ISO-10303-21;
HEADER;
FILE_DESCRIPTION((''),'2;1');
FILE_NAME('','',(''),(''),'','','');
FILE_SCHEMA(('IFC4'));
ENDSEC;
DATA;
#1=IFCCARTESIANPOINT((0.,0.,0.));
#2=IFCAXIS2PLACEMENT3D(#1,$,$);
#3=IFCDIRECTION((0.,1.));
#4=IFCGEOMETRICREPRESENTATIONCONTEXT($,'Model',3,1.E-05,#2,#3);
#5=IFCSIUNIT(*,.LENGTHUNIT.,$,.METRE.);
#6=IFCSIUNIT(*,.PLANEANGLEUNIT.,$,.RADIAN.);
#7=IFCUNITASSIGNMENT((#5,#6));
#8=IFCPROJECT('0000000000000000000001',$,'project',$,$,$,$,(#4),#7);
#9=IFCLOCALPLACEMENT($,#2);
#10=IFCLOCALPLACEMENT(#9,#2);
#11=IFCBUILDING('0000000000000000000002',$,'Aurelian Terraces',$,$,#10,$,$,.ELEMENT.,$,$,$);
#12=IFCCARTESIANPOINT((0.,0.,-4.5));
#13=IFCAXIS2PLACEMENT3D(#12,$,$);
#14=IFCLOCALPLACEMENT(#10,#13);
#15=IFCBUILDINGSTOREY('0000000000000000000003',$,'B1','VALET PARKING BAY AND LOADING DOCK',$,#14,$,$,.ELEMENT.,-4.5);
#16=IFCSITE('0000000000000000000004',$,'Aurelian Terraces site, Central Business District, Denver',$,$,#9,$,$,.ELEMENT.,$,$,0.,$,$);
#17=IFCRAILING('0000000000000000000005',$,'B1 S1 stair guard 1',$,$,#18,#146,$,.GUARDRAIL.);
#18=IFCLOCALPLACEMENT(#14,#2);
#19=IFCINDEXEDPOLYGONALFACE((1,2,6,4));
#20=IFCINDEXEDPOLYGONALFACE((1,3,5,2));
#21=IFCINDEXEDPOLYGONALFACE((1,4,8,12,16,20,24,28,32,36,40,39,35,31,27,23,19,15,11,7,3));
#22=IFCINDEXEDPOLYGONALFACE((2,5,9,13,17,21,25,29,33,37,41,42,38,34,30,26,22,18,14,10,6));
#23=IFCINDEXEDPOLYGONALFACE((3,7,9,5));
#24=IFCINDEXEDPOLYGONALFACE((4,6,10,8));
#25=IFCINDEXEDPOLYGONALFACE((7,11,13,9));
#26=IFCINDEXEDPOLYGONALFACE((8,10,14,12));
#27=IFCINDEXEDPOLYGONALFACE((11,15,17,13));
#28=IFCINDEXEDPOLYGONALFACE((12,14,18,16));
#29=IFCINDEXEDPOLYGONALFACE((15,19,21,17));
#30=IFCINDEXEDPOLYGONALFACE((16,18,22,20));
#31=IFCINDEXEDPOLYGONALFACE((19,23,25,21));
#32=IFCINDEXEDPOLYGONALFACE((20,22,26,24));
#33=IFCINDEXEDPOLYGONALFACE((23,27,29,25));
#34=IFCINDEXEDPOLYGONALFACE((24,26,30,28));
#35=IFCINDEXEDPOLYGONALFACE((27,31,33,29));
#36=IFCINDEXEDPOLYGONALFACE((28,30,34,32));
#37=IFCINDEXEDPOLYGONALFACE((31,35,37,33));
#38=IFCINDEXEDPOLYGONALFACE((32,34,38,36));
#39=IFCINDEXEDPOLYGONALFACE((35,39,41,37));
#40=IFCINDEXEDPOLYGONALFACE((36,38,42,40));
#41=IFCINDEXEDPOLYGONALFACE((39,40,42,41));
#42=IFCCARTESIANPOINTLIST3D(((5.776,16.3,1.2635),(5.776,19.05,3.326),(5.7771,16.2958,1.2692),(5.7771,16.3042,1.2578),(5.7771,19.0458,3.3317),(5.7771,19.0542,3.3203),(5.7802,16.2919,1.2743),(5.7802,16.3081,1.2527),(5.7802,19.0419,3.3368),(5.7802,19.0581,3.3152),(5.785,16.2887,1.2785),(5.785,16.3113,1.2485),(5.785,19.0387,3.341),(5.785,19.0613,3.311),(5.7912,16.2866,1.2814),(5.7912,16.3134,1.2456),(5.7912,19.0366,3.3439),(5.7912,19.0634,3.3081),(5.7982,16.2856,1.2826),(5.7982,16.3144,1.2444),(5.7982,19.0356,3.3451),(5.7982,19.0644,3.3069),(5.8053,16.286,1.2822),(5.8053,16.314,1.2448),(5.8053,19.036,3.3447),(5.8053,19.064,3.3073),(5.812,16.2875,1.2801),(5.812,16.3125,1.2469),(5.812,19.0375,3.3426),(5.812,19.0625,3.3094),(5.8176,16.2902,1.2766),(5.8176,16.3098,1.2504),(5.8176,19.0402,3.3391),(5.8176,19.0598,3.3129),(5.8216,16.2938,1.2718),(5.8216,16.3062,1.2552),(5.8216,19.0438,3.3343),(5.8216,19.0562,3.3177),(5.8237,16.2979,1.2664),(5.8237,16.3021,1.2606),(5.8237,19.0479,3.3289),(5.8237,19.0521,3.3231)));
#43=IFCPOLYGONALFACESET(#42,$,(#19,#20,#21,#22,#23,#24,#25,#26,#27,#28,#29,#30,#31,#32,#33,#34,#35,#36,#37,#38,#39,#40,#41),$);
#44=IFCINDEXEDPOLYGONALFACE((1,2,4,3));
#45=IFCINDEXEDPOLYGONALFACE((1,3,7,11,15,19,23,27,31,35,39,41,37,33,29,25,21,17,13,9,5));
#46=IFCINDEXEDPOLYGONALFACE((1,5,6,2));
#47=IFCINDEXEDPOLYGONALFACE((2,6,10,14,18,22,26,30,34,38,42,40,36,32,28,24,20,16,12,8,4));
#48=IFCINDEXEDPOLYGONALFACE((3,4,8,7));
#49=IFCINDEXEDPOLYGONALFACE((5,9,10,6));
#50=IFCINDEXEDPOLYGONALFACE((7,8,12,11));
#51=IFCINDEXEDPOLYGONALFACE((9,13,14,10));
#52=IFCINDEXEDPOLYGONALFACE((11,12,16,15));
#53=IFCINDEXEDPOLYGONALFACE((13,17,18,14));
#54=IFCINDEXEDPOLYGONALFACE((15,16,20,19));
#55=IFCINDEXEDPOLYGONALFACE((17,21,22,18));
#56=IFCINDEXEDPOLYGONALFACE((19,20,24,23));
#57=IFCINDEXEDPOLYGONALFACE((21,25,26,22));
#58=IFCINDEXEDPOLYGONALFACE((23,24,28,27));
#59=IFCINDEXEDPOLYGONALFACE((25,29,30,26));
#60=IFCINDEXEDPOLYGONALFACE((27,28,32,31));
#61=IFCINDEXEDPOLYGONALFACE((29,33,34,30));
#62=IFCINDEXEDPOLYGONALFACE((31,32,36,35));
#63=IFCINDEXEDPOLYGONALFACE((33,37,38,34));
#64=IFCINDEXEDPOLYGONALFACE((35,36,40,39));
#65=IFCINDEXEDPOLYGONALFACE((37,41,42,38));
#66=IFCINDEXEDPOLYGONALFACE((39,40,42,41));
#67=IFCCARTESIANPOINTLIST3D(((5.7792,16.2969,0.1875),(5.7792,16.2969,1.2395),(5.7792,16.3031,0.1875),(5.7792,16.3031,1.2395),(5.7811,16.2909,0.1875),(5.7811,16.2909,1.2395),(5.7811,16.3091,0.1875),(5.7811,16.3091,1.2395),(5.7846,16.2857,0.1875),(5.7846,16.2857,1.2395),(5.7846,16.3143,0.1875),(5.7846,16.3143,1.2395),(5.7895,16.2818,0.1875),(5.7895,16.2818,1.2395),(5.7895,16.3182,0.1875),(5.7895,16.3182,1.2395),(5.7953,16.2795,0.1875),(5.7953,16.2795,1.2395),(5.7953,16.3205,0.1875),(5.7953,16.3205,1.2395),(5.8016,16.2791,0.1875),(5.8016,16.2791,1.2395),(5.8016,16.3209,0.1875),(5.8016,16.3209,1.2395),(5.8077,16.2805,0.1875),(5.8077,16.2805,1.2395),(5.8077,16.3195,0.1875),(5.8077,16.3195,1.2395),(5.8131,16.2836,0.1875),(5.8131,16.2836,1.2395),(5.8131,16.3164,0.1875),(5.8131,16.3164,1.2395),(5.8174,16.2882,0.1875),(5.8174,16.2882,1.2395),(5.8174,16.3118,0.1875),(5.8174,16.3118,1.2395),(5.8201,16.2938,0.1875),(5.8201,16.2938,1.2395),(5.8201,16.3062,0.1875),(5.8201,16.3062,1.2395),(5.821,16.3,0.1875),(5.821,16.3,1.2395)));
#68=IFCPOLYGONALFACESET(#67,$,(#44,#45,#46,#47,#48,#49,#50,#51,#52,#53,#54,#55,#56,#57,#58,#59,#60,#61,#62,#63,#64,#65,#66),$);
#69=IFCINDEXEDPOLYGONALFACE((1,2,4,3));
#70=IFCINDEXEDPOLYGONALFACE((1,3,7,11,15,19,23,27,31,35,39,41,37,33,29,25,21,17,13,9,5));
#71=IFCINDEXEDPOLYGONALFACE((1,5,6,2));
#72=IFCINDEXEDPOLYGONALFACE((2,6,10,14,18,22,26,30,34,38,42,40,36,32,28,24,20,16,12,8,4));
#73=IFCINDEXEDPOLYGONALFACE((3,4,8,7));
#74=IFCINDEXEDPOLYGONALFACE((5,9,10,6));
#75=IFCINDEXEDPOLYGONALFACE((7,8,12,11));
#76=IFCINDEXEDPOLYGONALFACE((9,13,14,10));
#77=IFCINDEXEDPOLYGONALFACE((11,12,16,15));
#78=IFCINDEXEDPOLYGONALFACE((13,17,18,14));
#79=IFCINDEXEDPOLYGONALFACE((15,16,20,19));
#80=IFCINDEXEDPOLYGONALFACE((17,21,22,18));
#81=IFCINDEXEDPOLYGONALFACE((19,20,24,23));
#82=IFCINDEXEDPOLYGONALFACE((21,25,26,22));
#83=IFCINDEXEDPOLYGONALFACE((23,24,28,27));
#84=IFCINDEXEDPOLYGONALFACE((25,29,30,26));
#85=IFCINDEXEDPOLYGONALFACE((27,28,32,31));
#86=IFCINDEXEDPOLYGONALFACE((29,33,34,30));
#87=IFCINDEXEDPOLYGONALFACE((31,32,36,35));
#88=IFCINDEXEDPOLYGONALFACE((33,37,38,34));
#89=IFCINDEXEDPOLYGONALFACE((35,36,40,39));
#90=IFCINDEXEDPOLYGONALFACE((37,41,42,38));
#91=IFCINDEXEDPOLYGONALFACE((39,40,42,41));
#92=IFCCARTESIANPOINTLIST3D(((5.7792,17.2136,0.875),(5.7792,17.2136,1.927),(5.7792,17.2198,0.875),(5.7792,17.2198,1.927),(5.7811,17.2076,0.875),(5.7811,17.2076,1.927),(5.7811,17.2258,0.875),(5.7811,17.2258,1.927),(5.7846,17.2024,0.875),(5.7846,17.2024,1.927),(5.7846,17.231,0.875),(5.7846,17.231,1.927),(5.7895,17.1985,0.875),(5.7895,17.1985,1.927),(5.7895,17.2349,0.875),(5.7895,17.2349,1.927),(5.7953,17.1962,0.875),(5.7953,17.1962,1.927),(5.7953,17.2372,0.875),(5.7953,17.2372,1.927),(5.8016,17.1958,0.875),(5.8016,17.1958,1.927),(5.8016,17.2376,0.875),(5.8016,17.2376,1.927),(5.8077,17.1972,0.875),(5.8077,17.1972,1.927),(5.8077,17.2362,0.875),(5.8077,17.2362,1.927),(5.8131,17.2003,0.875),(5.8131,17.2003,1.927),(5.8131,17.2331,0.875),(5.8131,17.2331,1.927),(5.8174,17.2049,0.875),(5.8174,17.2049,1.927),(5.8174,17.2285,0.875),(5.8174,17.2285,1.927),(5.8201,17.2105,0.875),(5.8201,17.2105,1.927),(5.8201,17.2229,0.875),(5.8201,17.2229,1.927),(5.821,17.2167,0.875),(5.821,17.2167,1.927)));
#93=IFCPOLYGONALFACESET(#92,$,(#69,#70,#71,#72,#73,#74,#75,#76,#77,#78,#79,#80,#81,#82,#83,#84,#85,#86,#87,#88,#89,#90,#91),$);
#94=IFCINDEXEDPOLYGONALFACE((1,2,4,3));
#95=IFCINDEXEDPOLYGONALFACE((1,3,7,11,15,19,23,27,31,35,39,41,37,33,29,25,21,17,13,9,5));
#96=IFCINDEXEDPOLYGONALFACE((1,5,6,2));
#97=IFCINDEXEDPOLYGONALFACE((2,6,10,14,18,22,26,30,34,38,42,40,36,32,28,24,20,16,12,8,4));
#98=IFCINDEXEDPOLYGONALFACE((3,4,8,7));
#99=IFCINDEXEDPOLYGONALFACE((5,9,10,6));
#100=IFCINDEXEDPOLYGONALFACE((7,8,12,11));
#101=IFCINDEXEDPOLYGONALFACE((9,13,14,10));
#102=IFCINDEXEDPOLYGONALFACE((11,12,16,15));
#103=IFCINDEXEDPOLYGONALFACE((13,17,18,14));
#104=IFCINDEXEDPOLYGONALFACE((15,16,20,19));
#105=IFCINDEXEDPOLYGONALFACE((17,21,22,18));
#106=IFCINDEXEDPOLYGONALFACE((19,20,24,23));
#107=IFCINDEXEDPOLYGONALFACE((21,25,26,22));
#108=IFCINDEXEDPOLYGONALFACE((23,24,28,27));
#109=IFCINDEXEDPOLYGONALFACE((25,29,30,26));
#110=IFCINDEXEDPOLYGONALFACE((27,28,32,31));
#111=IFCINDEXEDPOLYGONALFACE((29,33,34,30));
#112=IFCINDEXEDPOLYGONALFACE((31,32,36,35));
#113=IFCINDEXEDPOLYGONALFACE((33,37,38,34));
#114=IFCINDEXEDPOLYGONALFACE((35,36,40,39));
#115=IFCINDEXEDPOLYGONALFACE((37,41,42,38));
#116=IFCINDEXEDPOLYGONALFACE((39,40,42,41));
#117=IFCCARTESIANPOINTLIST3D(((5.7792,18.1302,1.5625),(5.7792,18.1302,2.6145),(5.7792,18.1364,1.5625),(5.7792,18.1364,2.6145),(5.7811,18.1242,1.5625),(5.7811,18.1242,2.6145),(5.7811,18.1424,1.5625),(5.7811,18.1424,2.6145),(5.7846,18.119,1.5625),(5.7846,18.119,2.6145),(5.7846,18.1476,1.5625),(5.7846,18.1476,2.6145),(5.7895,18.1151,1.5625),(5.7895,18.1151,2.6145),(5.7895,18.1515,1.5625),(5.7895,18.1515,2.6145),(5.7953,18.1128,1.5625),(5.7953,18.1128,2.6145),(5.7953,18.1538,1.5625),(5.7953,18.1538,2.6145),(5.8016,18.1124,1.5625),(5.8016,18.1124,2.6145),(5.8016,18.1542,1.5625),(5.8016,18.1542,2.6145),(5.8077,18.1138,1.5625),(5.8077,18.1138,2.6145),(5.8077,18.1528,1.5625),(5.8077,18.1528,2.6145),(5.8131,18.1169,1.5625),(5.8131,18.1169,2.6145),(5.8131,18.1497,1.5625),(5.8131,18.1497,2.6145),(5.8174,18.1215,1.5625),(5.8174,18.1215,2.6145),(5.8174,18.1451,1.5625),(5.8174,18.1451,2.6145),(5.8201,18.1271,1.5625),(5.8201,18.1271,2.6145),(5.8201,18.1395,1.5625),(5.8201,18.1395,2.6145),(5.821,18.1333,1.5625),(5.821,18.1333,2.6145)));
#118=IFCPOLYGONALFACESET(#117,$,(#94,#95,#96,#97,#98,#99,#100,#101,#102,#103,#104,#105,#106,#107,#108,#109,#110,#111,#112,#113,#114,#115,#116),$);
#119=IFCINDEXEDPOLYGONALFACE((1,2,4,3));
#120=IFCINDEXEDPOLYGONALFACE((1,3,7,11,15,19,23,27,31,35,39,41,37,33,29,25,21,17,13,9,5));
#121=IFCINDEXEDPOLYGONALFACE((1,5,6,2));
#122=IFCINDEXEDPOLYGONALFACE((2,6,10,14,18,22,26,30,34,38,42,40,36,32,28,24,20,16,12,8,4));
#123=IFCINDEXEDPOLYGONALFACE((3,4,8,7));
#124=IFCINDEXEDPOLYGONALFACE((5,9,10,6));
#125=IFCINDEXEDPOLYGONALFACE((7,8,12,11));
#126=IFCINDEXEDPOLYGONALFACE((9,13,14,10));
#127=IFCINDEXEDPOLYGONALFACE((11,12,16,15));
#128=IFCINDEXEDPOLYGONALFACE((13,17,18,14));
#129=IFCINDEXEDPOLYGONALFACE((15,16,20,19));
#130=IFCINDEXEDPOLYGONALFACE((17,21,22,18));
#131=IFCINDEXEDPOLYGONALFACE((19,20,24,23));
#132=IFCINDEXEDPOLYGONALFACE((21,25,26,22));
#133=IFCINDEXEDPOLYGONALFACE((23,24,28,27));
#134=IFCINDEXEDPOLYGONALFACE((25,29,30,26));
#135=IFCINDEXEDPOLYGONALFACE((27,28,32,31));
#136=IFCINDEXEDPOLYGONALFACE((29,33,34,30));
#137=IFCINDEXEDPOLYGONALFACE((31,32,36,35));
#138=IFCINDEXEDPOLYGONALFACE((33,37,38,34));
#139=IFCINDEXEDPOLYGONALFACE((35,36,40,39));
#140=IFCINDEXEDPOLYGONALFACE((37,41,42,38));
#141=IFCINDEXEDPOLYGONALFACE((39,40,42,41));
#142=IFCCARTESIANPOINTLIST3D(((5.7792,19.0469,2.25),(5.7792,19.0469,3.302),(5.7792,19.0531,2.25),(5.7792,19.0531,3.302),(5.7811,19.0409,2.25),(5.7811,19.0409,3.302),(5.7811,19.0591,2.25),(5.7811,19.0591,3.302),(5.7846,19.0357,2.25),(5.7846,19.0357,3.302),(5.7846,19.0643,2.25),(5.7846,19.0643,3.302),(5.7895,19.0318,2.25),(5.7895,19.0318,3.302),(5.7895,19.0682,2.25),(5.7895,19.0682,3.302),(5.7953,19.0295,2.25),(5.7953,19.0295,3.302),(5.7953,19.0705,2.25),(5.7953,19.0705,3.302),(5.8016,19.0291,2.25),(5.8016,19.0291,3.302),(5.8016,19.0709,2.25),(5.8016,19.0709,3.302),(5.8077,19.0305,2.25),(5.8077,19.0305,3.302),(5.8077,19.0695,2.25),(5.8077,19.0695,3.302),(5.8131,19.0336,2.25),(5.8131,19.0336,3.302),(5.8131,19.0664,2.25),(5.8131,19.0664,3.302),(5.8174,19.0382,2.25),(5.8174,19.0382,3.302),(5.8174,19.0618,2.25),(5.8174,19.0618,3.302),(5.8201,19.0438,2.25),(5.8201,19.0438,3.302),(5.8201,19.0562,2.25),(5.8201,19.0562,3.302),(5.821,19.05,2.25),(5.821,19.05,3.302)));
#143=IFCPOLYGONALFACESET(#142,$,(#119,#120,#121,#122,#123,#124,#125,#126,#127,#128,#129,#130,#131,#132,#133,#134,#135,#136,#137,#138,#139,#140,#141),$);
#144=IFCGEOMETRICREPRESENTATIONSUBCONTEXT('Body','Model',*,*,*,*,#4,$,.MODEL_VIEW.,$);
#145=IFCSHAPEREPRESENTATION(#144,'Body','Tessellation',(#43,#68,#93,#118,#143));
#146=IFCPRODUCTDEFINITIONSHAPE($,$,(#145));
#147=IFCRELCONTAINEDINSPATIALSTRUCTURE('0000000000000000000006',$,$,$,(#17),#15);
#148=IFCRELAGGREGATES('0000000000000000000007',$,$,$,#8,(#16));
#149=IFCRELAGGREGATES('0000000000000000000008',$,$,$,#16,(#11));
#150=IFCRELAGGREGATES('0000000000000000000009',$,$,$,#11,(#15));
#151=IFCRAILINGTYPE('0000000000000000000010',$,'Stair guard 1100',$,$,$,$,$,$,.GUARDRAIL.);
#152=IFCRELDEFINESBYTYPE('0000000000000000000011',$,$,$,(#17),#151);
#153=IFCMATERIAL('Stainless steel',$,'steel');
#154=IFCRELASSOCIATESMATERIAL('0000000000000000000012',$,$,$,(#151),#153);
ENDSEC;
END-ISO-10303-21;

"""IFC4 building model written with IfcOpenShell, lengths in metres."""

from ifc_helpers import new_model, si_unit, direction, frame, origin, origin_2d, place, context, subcontext, project, spatial, circle, extrude, source, transform, mapped, material, type_object, element, save


model = new_model("IFC4")

# Units and contexts
model_context = context("Model", 3, precision=1e-05, world=origin(), true_north=direction((0.0, 1.0)))
body_context = subcontext(model_context, "Body", "Model", "MODEL_VIEW")
ifc_project = project(units=[si_unit("LENGTHUNIT", "METRE"), si_unit("PLANEANGLEUNIT", "RADIAN")], contexts=[model_context])

# Site, building, storey
site_placement = place(None, origin())
site = spatial("IfcSite", under=ifc_project, at=site_placement, Name="Aurelian Terraces site, Central Business District, Denver", CompositionType="ELEMENT", RefElevation=0.0)
building_placement = place(site_placement, origin())
building = spatial("IfcBuilding", under=site, at=building_placement, Name="Aurelian Terraces", CompositionType="ELEMENT")
storey_placement = place(building_placement, frame((0.0, 0.0, -4.5)))
storey = spatial("IfcBuildingStorey", under=building, at=storey_placement, Name="B1", Description="VALET PARKING BAY AND LOADING DOCK", CompositionType="ELEMENT", Elevation=-4.5)

# Shared definitions
ifc_material_1 = material(Name="Stainless steel", Category="steel")

# Railing
railing_type_1 = type_object("IfcRailingType", Name="Stair guard 1100", PredefinedType="GUARDRAIL", material=ifc_material_1)
shared_shape_1 = source(origin(), body_context, "Body", "SweptSolid", [
    extrude(circle(Radius=0.024, at=origin_2d()), frame((0.0, 0.0, 1.076), z_axis=(0.0, 0.8, 0.6), x_axis=(-1.0, 0.0, 0.0)), (0.0, 0.0, 1.0), 3.4375),
    extrude(circle(Radius=0.021, at=origin_2d()), origin(), (0.0, 0.0, 1.0), 1.052),
    extrude(circle(Radius=0.021, at=origin_2d()), frame((0.0, 0.9167, 0.6875)), (0.0, 0.0, 1.0), 1.052),
    extrude(circle(Radius=0.021, at=origin_2d()), frame((0.0, 1.8333, 1.375)), (0.0, 0.0, 1.0), 1.052),
    extrude(circle(Radius=0.021, at=origin_2d()), frame((0.0, 2.75, 2.0625)), (0.0, 0.0, 1.0), 1.052),
])
railing_1_placement = place(storey_placement, frame((5.8, 16.3, 0.1875)))
element("IfcRailing", 1, at=railing_1_placement, inside=storey, type_object=railing_type_1, Name="B1 S1 stair guard 1", PredefinedType="GUARDRAIL", context=body_context, shape_type="MappedRepresentation", body=[
    mapped(shared_shape_1, transform((0.0, 0.0, 0.0), scale=1.0)),
])

save(model, "model.ifc")
